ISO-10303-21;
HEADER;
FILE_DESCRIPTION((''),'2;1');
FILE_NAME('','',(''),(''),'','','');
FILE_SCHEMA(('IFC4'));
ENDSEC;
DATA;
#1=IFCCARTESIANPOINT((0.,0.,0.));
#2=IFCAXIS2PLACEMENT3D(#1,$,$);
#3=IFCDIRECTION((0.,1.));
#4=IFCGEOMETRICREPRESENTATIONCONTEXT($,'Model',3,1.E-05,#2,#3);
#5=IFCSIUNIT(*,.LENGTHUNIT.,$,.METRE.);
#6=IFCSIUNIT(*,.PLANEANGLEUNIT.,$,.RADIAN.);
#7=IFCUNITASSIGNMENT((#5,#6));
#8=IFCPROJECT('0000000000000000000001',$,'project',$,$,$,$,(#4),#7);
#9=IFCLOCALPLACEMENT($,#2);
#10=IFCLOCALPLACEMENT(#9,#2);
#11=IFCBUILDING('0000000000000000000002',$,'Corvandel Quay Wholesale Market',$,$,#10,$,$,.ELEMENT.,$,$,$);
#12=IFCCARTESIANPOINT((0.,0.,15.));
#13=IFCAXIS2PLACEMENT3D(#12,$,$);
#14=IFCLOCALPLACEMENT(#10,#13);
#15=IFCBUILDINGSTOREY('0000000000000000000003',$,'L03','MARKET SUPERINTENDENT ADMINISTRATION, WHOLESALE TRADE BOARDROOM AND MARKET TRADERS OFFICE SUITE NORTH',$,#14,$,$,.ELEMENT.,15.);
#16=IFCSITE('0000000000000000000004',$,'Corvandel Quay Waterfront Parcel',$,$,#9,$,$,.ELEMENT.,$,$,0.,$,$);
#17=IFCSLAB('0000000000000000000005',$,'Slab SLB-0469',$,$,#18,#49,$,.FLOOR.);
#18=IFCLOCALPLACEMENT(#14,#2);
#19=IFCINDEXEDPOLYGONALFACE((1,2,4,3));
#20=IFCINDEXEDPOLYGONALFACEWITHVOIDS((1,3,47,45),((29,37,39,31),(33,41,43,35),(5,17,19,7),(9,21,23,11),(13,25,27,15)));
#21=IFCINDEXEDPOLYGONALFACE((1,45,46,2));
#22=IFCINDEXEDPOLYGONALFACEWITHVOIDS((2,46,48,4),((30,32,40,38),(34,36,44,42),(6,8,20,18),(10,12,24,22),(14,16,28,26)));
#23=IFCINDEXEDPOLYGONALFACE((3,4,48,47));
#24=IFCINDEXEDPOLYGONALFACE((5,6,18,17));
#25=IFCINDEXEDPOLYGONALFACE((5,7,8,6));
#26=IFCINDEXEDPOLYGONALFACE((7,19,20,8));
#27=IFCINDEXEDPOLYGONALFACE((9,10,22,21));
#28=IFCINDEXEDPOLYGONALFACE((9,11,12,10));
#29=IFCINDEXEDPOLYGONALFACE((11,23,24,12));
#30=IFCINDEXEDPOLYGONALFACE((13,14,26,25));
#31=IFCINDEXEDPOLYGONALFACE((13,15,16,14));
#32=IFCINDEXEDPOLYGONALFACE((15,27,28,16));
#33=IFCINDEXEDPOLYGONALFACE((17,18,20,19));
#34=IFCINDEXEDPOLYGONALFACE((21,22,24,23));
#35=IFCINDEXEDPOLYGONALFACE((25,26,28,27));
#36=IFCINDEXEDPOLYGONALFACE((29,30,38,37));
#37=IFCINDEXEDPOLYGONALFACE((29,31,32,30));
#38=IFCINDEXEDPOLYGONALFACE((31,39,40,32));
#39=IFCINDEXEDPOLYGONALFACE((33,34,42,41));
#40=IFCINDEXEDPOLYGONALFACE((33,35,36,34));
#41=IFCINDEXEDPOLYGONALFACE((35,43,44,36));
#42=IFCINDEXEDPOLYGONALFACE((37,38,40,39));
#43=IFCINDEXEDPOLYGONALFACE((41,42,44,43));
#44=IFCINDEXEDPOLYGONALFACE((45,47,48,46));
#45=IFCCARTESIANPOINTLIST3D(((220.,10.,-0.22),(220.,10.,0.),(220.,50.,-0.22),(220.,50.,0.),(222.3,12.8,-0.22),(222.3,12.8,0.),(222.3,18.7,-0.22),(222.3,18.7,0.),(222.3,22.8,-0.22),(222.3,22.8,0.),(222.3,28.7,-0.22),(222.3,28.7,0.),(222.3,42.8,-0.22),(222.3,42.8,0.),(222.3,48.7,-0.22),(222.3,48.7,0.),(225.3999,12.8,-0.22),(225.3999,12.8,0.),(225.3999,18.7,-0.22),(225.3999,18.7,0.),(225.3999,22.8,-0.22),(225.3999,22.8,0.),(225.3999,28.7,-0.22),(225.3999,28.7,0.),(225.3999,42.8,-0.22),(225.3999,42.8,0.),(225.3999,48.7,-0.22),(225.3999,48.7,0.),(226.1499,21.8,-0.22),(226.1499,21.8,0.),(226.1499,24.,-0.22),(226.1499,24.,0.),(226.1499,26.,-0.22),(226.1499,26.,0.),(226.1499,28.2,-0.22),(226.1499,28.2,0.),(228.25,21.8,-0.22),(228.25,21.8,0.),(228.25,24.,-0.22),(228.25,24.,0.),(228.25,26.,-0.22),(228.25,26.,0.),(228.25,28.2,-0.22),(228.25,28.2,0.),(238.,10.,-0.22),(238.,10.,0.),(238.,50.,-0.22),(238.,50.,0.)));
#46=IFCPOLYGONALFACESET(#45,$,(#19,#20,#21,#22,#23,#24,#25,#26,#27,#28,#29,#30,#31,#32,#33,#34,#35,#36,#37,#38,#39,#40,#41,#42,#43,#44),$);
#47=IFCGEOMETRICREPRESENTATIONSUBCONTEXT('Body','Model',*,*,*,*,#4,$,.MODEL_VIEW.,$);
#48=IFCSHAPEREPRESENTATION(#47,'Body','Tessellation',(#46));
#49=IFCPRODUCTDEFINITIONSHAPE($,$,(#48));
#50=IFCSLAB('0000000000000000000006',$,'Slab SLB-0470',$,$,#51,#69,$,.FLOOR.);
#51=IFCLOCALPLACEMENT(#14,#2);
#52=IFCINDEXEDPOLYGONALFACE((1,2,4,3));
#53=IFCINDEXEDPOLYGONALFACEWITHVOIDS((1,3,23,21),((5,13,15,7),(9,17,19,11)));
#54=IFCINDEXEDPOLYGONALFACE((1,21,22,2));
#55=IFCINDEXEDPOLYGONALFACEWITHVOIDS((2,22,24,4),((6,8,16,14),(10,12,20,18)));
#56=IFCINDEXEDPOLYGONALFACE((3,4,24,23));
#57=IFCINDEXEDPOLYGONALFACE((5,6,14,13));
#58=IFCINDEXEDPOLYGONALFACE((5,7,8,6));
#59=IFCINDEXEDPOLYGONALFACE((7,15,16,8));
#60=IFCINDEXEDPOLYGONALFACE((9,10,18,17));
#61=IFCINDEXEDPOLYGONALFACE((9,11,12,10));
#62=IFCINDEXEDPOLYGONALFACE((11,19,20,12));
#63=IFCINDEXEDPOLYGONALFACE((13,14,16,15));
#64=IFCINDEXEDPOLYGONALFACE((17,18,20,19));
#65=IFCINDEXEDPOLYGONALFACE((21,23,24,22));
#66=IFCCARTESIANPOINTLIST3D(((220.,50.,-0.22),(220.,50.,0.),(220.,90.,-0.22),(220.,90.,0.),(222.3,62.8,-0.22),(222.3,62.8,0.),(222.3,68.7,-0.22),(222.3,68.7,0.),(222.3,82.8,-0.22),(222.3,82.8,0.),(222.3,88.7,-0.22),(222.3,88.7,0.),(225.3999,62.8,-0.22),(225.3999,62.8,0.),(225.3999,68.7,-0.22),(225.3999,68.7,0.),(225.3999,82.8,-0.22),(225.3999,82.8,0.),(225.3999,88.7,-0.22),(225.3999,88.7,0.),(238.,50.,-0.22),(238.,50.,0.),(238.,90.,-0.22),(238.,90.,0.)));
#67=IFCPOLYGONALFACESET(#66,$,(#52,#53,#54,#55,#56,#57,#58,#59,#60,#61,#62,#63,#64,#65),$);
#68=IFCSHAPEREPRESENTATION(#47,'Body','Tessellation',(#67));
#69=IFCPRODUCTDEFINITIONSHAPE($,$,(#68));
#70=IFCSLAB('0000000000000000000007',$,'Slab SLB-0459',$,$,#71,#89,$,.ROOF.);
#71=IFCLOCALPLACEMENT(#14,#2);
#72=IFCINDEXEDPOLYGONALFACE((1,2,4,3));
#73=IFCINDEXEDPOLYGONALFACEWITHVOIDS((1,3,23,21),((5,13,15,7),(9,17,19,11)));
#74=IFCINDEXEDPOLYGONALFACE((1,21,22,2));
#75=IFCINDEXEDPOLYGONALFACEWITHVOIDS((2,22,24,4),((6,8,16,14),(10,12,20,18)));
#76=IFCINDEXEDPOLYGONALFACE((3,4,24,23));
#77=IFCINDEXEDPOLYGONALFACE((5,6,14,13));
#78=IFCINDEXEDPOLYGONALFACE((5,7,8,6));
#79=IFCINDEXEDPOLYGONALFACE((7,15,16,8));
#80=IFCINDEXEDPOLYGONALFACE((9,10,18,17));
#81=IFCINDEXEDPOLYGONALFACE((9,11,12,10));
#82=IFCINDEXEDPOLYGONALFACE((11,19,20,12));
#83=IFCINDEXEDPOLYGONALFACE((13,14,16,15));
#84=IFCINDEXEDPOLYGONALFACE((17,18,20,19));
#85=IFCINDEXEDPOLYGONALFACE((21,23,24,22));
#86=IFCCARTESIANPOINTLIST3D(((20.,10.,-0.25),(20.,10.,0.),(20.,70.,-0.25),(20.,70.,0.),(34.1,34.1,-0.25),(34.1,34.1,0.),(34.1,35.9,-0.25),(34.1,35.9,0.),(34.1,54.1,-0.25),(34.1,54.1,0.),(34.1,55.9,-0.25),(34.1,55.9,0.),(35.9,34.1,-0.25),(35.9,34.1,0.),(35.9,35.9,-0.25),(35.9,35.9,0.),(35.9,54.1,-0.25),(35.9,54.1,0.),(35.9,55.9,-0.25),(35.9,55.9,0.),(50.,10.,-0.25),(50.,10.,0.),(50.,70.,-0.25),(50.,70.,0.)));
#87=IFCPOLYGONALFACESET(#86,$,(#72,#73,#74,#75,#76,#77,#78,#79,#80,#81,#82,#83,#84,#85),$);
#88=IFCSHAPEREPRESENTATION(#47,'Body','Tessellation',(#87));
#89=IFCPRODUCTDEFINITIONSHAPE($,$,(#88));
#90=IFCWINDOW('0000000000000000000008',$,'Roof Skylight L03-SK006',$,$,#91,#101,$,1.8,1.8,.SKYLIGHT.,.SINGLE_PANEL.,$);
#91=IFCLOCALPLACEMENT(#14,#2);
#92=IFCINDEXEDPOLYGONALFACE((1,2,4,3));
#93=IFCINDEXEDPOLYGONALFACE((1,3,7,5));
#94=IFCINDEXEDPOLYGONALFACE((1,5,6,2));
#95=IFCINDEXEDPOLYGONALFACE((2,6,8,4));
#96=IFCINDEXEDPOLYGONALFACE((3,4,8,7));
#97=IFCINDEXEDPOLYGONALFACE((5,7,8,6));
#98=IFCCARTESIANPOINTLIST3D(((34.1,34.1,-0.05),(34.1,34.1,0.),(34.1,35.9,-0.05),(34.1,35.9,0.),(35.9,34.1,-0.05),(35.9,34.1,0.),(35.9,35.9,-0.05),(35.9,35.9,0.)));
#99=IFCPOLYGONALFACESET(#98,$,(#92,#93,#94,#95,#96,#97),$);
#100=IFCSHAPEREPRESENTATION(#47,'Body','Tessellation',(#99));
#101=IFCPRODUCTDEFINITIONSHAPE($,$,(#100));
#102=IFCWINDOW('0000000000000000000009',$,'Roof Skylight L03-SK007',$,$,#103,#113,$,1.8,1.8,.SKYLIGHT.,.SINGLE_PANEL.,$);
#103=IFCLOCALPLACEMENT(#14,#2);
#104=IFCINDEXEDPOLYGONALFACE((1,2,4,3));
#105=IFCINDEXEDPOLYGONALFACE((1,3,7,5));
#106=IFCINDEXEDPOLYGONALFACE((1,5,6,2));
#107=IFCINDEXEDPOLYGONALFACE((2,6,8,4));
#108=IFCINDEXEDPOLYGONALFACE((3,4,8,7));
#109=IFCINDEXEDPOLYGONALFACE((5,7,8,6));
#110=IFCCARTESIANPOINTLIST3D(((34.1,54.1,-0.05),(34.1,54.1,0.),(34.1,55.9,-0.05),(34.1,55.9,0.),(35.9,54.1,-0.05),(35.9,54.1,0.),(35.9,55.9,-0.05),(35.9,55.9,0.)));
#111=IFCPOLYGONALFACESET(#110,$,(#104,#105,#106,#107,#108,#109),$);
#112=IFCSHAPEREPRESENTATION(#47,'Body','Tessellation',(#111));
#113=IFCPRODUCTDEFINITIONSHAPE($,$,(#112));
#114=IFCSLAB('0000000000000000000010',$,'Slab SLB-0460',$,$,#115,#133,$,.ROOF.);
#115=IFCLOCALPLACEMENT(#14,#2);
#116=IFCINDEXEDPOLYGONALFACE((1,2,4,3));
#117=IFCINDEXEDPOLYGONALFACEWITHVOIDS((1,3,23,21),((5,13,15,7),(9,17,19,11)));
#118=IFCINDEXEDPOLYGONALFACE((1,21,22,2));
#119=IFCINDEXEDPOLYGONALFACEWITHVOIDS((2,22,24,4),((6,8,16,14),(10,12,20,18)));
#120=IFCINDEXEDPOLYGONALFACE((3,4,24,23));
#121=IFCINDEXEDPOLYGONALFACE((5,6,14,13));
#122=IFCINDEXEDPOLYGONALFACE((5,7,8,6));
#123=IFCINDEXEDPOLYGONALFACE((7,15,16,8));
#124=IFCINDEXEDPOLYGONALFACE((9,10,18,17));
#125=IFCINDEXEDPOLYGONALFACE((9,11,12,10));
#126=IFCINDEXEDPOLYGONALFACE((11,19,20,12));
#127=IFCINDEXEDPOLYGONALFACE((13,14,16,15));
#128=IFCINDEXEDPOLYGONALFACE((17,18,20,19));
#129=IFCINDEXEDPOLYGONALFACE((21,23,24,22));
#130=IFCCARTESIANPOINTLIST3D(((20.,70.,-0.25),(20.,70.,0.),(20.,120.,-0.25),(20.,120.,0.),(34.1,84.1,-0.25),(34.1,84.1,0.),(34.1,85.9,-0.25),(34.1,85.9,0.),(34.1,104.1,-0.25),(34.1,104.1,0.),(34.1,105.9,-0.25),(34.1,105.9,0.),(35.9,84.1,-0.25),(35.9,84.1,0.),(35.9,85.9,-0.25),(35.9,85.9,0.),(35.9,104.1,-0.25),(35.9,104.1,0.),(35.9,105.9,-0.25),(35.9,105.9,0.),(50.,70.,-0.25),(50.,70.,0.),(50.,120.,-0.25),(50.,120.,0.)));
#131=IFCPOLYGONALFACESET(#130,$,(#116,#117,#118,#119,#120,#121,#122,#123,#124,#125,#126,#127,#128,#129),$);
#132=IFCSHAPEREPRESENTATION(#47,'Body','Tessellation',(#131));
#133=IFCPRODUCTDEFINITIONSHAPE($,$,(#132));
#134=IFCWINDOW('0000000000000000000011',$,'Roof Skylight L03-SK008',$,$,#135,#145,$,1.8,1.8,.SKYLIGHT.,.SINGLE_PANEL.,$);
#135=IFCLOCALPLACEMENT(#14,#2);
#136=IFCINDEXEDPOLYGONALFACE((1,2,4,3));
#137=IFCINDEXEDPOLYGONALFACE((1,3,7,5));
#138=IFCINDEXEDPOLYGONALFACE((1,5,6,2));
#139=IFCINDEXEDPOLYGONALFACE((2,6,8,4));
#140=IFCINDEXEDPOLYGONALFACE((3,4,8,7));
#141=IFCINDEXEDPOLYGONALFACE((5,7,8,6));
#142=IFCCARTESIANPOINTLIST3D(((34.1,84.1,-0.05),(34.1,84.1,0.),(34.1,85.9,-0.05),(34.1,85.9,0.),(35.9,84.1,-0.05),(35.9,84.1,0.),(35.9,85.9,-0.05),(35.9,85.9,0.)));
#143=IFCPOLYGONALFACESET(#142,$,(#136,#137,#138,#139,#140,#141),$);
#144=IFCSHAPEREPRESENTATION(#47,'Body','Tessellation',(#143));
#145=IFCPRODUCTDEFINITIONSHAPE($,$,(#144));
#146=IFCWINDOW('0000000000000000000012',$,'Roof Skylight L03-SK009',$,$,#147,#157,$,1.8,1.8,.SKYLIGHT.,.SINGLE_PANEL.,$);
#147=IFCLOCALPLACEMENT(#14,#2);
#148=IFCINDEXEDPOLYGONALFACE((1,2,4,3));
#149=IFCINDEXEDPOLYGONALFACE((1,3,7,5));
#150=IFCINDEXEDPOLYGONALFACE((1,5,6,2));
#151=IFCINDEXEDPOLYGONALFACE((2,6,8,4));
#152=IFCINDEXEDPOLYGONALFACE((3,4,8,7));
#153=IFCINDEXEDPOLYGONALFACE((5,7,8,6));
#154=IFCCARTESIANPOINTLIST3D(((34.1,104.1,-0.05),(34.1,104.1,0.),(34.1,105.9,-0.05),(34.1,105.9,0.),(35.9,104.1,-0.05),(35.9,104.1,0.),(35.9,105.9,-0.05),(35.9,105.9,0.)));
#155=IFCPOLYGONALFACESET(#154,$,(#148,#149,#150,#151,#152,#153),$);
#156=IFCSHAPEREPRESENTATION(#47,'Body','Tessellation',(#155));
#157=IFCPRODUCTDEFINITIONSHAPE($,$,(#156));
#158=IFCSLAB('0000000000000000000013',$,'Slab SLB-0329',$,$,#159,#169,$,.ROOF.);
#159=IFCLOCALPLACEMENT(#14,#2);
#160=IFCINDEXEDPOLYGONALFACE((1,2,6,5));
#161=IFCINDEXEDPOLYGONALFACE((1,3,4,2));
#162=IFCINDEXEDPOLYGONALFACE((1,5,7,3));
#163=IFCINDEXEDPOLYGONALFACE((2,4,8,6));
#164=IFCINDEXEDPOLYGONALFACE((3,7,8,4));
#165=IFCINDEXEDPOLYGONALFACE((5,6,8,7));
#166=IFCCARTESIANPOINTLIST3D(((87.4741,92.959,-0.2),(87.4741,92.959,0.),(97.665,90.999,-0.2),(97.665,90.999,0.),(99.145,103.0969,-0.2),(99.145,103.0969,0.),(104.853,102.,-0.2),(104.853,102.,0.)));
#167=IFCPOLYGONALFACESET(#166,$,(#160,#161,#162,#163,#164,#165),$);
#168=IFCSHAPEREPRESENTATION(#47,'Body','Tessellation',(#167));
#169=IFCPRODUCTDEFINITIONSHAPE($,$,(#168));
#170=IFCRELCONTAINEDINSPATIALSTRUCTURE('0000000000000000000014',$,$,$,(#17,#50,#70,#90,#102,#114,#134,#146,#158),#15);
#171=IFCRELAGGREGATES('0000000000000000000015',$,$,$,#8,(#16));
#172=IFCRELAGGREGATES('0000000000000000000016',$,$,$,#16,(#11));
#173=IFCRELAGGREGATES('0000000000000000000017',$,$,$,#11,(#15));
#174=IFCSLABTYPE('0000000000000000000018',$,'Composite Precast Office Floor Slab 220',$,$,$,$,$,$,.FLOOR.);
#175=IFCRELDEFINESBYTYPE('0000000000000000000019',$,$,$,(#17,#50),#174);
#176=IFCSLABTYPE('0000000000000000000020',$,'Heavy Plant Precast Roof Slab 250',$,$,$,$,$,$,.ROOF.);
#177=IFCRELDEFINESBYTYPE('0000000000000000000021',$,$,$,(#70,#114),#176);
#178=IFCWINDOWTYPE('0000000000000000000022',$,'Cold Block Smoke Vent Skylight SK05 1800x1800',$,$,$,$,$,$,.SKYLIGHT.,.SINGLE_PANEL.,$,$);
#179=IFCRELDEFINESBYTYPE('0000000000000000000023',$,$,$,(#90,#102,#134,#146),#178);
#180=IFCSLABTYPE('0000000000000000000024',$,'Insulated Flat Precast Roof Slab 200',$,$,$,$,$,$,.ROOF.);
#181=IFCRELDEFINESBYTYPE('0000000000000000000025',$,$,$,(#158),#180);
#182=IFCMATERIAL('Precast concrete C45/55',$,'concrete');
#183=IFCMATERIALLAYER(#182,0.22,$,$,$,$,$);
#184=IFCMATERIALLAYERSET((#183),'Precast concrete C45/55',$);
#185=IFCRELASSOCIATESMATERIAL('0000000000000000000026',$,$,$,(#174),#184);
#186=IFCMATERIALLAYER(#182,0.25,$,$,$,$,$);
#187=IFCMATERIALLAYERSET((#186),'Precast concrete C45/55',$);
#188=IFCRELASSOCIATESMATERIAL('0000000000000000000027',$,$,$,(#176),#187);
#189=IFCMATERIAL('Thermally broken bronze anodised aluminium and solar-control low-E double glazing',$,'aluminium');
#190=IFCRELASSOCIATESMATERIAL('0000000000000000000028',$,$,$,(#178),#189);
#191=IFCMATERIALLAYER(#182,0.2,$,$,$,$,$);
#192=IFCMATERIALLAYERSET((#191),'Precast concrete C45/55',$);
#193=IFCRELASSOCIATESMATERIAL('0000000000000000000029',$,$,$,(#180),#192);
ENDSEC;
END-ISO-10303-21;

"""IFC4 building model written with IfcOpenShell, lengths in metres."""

from ifc_helpers import new_model, si_unit, direction, frame, origin, origin_2d, place, context, subcontext, project, spatial, polyline, rectangle, outline, extrude, material, layer, layer_set, type_object, element, fill, save


model = new_model("IFC4")

# Units and contexts
model_context = context("Model", 3, precision=1e-05, world=origin(), true_north=direction((0.0, 1.0)))
body_context = subcontext(model_context, "Body", "Model", "MODEL_VIEW")
ifc_project = project(units=[si_unit("LENGTHUNIT", "METRE"), si_unit("PLANEANGLEUNIT", "RADIAN")], contexts=[model_context])

# Site, building, storey
site_placement = place(None, origin())
site = spatial("IfcSite", under=ifc_project, at=site_placement, Name="Corvandel Quay Waterfront Parcel", CompositionType="ELEMENT", RefElevation=0.0)
building_placement = place(site_placement, origin())
building = spatial("IfcBuilding", under=site, at=building_placement, Name="Corvandel Quay Wholesale Market", CompositionType="ELEMENT")
storey_placement = place(building_placement, frame((0.0, 0.0, 15.0)))
storey = spatial("IfcBuildingStorey", under=building, at=storey_placement, Name="L03", Description="MARKET SUPERINTENDENT ADMINISTRATION, WHOLESALE TRADE BOARDROOM AND MARKET TRADERS OFFICE SUITE NORTH", CompositionType="ELEMENT", Elevation=15.0)

# Slabs
ifc_material_1 = material(Name="Precast concrete C45/55", Category="concrete")
ifc_layer_1 = layer(ifc_material_1, 0.22)
ifc_layer_set_1 = layer_set([ifc_layer_1], Name="Precast concrete C45/55")
slab_type_1 = type_object("IfcSlabType", Name="Composite Precast Office Floor Slab 220", PredefinedType="FLOOR", material=ifc_layer_set_1)
slab_1_placement = place(storey_placement, frame((0.0, 0.0, -0.22)))
element("IfcSlab", 1, at=slab_1_placement, inside=storey, type_object=slab_type_1, Name="Slab SLB-0469", PredefinedType="FLOOR", context=body_context, shape_type="SweptSolid", body=[
    extrude(outline(polyline([(220.0, 50.0), (238.0, 50.0), (238.0, 10.0), (220.0, 10.0), (220.0, 50.0)]), holes=[polyline([(222.3, 12.8), (225.3999, 12.8), (225.3999, 18.7), (222.3, 18.7), (222.3, 12.8)]), polyline([(226.1499, 24.0), (226.1499, 21.8), (228.25, 21.8), (228.25, 24.0), (226.1499, 24.0)]), polyline([(222.3, 28.7), (222.3, 22.8), (225.3999, 22.8), (225.3999, 28.7), (222.3, 28.7)]), polyline([(226.1499, 28.2), (226.1499, 26.0), (228.25, 26.0), (228.25, 28.2), (226.1499, 28.2)]), polyline([(222.3, 48.7), (222.3, 42.8), (225.3999, 42.8), (225.3999, 48.7), (222.3, 48.7)])]), origin(), (0.0, 0.0, 1.0), 0.22),
])
slab_2_placement = place(storey_placement, frame((0.0, 0.0, -0.22)))
element("IfcSlab", 2, at=slab_2_placement, inside=storey, type_object=slab_type_1, Name="Slab SLB-0470", PredefinedType="FLOOR", context=body_context, shape_type="SweptSolid", body=[
    extrude(outline(polyline([(220.0, 90.0), (238.0, 90.0), (238.0, 50.0), (220.0, 50.0), (220.0, 90.0)]), holes=[polyline([(222.3, 68.7), (222.3, 62.8), (225.3999, 62.8), (225.3999, 68.7), (222.3, 68.7)]), polyline([(222.3, 88.7), (222.3, 82.8), (225.3999, 82.8), (225.3999, 88.7), (222.3, 88.7)])]), origin(), (0.0, 0.0, 1.0), 0.22),
])

# Slabs, openings, windows
ifc_layer_2 = layer(ifc_material_1, 0.25)
ifc_layer_set_2 = layer_set([ifc_layer_2], Name="Precast concrete C45/55")
slab_type_2 = type_object("IfcSlabType", Name="Heavy Plant Precast Roof Slab 250", PredefinedType="ROOF", material=ifc_layer_set_2)
slab_3_placement = place(storey_placement, frame((0.0, 0.0, -0.25)))
slab_3 = element("IfcSlab", 3, at=slab_3_placement, inside=storey, type_object=slab_type_2, Name="Slab SLB-0459", PredefinedType="ROOF", context=body_context, shape_type="SweptSolid", body=[
    extrude(outline(polyline([(20.0, 10.0), (50.0, 10.0), (50.0, 70.0), (20.0, 70.0), (20.0, 10.0)])), origin(), (0.0, 0.0, 1.0), 0.25),
])
opening_1_placement = place(slab_3_placement, frame((35.0, 35.0, 0.0)))
opening_1 = element("IfcOpeningElement", 4, at=opening_1_placement, cuts=slab_3, PredefinedType="OPENING", context=body_context, shape_type="SweptSolid", body=[
    extrude(rectangle(XDim=1.8, YDim=1.8, at=origin_2d()), origin(), (0.0, 0.0, 1.0), 0.25),
])
opening_2_placement = place(slab_3_placement, frame((35.0, 55.0, 0.0)))
opening_2 = element("IfcOpeningElement", 5, at=opening_2_placement, cuts=slab_3, PredefinedType="OPENING", context=body_context, shape_type="SweptSolid", body=[
    extrude(rectangle(XDim=1.8, YDim=1.8, at=origin_2d()), origin(), (0.0, 0.0, 1.0), 0.25),
])
ifc_material_2 = material(Name="Thermally broken bronze anodised aluminium and solar-control low-E double glazing", Category="aluminium")
window_type_1 = type_object("IfcWindowType", Name="Cold Block Smoke Vent Skylight SK05 1800x1800", PartitioningType="SINGLE_PANEL", PredefinedType="SKYLIGHT", material=ifc_material_2)
window_1_placement = place(opening_1_placement, frame((0.0, 0.0, 0.2)))
window_1 = element("IfcWindow", 6, at=window_1_placement, inside=storey, type_object=window_type_1, Name="Roof Skylight L03-SK006", OverallHeight=1.8, OverallWidth=1.8, PartitioningType="SINGLE_PANEL", PredefinedType="SKYLIGHT", context=body_context, shape_type="SweptSolid", body=[
    extrude(rectangle(XDim=1.8, YDim=1.8, at=origin_2d()), origin(), (0.0, 0.0, 1.0), 0.05),
])
fill(opening_1, window_1)
window_2_placement = place(opening_2_placement, frame((0.0, 0.0, 0.2)))
window_2 = element("IfcWindow", 7, at=window_2_placement, inside=storey, type_object=window_type_1, Name="Roof Skylight L03-SK007", OverallHeight=1.8, OverallWidth=1.8, PartitioningType="SINGLE_PANEL", PredefinedType="SKYLIGHT", context=body_context, shape_type="SweptSolid", body=[
    extrude(rectangle(XDim=1.8, YDim=1.8, at=origin_2d()), origin(), (0.0, 0.0, 1.0), 0.05),
])
fill(opening_2, window_2)
slab_4_placement = place(storey_placement, frame((0.0, 0.0, -0.25)))
slab_4 = element("IfcSlab", 8, at=slab_4_placement, inside=storey, type_object=slab_type_2, Name="Slab SLB-0460", PredefinedType="ROOF", context=body_context, shape_type="SweptSolid", body=[
    extrude(outline(polyline([(20.0, 70.0), (50.0, 70.0), (50.0, 120.0), (20.0, 120.0), (20.0, 70.0)])), origin(), (0.0, 0.0, 1.0), 0.25),
])
opening_3_placement = place(slab_4_placement, frame((35.0, 85.0, 0.0)))
opening_3 = element("IfcOpeningElement", 9, at=opening_3_placement, cuts=slab_4, PredefinedType="OPENING", context=body_context, shape_type="SweptSolid", body=[
    extrude(rectangle(XDim=1.8, YDim=1.8, at=origin_2d()), origin(), (0.0, 0.0, 1.0), 0.25),
])
opening_4_placement = place(slab_4_placement, frame((35.0, 105.0, 0.0)))
opening_4 = element("IfcOpeningElement", 10, at=opening_4_placement, cuts=slab_4, PredefinedType="OPENING", context=body_context, shape_type="SweptSolid", body=[
    extrude(rectangle(XDim=1.8, YDim=1.8, at=origin_2d()), origin(), (0.0, 0.0, 1.0), 0.25),
])
window_3_placement = place(opening_3_placement, frame((0.0, 0.0, 0.2)))
window_3 = element("IfcWindow", 11, at=window_3_placement, inside=storey, type_object=window_type_1, Name="Roof Skylight L03-SK008", OverallHeight=1.8, OverallWidth=1.8, PartitioningType="SINGLE_PANEL", PredefinedType="SKYLIGHT", context=body_context, shape_type="SweptSolid", body=[
    extrude(rectangle(XDim=1.8, YDim=1.8, at=origin_2d()), origin(), (0.0, 0.0, 1.0), 0.05),
])
fill(opening_3, window_3)
window_4_placement = place(opening_4_placement, frame((0.0, 0.0, 0.2)))
window_4 = element("IfcWindow", 12, at=window_4_placement, inside=storey, type_object=window_type_1, Name="Roof Skylight L03-SK009", OverallHeight=1.8, OverallWidth=1.8, PartitioningType="SINGLE_PANEL", PredefinedType="SKYLIGHT", context=body_context, shape_type="SweptSolid", body=[
    extrude(rectangle(XDim=1.8, YDim=1.8, at=origin_2d()), origin(), (0.0, 0.0, 1.0), 0.05),
])
fill(opening_4, window_4)

# Slab
ifc_layer_3 = layer(ifc_material_1, 0.2)
ifc_layer_set_3 = layer_set([ifc_layer_3], Name="Precast concrete C45/55")
slab_type_3 = type_object("IfcSlabType", Name="Insulated Flat Precast Roof Slab 200", PredefinedType="ROOF", material=ifc_layer_set_3)
slab_5_placement = place(storey_placement, frame((0.0, 0.0, -0.2)))
element("IfcSlab", 13, at=slab_5_placement, inside=storey, type_object=slab_type_3, Name="Slab SLB-0329", PredefinedType="ROOF", context=body_context, shape_type="SweptSolid", body=[
    extrude(outline(polyline([(87.4741, 92.959), (97.665, 90.999), (104.853, 102.0), (99.145, 103.0969), (87.4741, 92.959)])), origin(), (0.0, 0.0, 1.0), 0.2),
])

save(model, "model.ifc")
